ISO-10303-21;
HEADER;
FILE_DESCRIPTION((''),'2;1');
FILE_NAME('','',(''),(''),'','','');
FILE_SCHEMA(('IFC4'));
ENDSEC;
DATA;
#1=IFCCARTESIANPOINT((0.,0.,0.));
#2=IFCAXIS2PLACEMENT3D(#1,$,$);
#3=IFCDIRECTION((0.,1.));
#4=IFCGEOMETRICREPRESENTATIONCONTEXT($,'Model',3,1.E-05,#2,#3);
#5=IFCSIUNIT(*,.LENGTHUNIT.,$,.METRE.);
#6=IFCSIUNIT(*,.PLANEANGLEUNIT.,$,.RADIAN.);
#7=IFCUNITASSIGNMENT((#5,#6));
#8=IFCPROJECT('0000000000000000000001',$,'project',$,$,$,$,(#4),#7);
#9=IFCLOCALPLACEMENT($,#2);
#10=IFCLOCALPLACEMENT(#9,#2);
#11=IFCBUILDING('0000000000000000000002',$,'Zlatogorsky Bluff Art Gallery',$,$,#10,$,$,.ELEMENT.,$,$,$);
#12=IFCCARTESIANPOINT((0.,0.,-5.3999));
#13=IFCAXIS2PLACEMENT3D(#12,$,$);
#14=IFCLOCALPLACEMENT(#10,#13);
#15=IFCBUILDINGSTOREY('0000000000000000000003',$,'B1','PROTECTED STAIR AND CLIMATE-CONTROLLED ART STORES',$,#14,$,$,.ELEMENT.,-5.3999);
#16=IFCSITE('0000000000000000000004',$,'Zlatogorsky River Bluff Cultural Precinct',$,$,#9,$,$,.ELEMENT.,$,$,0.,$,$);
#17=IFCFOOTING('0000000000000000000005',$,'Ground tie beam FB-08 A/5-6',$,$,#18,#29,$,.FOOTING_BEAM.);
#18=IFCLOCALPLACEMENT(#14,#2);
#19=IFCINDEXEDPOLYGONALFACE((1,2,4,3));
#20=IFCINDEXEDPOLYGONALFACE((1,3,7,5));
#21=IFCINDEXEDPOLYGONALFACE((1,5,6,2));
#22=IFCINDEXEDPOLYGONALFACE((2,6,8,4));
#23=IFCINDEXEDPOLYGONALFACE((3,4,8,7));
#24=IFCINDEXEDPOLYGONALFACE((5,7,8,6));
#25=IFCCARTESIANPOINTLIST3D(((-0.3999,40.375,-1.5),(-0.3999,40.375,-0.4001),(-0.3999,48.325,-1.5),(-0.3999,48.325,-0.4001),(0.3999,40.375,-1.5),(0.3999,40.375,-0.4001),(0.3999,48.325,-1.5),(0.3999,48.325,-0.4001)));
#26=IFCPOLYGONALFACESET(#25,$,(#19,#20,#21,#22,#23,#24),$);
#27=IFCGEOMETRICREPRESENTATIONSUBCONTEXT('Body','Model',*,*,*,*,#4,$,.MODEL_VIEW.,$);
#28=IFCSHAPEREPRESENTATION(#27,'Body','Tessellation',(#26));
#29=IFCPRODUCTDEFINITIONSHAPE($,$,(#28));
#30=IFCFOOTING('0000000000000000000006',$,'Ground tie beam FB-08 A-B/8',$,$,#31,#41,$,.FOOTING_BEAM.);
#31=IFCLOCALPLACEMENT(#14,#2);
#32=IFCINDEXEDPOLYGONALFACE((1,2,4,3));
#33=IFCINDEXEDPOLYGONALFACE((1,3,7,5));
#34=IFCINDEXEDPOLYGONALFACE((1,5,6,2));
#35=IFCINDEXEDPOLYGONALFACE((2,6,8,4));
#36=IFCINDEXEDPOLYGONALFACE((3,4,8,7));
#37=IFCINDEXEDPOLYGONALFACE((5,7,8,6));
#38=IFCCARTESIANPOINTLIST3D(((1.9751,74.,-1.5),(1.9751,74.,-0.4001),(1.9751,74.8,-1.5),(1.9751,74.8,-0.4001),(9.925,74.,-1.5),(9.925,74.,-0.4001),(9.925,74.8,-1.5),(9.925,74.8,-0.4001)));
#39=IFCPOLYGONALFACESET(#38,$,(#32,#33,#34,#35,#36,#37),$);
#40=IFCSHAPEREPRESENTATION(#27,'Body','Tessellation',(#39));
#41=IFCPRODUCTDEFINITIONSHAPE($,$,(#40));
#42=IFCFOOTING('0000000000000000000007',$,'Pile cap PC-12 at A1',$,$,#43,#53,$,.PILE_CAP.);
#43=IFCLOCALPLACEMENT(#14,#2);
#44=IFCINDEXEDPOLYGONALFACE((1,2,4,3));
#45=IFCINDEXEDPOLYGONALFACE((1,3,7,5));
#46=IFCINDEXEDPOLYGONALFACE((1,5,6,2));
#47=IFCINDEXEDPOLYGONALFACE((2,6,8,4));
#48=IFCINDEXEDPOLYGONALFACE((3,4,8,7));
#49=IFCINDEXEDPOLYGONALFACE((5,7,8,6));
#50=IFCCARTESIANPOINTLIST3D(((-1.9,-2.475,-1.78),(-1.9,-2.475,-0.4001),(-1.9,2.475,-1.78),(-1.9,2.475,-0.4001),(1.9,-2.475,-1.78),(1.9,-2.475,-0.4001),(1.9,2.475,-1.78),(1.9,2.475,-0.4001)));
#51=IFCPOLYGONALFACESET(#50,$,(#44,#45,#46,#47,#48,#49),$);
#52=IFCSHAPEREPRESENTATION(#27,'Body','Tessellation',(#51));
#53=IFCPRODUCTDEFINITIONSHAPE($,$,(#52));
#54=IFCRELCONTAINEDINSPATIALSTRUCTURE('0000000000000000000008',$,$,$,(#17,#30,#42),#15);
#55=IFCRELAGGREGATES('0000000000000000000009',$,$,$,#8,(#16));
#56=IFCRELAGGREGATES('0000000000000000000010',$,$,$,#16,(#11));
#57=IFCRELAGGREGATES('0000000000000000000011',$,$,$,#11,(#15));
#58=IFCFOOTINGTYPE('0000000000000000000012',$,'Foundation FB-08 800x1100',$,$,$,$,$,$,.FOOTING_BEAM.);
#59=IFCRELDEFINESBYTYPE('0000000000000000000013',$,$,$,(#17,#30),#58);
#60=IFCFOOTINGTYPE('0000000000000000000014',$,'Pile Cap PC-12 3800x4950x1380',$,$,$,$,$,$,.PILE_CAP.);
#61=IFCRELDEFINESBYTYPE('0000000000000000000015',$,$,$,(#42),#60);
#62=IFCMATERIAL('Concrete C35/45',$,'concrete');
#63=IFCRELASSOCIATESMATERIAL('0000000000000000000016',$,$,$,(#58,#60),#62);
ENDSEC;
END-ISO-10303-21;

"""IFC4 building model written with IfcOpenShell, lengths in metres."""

from ifc_helpers import new_model, si_unit, direction, frame, origin, origin_2d, place, context, subcontext, project, spatial, polyline, rectangle, outline, extrude, material, type_object, element, save


model = new_model("IFC4")

# Units and contexts
model_context = context("Model", 3, precision=1e-05, world=origin(), true_north=direction((0.0, 1.0)))
body_context = subcontext(model_context, "Body", "Model", "MODEL_VIEW")
ifc_project = project(units=[si_unit("LENGTHUNIT", "METRE"), si_unit("PLANEANGLEUNIT", "RADIAN")], contexts=[model_context])

# Site, building, storey
site_placement = place(None, origin())
site = spatial("IfcSite", under=ifc_project, at=site_placement, Name="Zlatogorsky River Bluff Cultural Precinct", CompositionType="ELEMENT", RefElevation=0.0)
building_placement = place(site_placement, origin())
building = spatial("IfcBuilding", under=site, at=building_placement, Name="Zlatogorsky Bluff Art Gallery", CompositionType="ELEMENT")
storey_placement = place(building_placement, frame((0.0, 0.0, -5.3999)))
storey = spatial("IfcBuildingStorey", under=building, at=storey_placement, Name="B1", Description="PROTECTED STAIR AND CLIMATE-CONTROLLED ART STORES", CompositionType="ELEMENT", Elevation=-5.3999)

# Shared definitions
ifc_material = material(Name="Concrete C35/45", Category="concrete")

# Footings
footing_type_1 = type_object("IfcFootingType", Name="Foundation FB-08 800x1100", PredefinedType="FOOTING_BEAM", material=ifc_material)
footing_1_placement = place(storey_placement, frame((0.0, 0.0, -1.5)))
element("IfcFooting", 1, at=footing_1_placement, inside=storey, type_object=footing_type_1, Name="Ground tie beam FB-08 A/5-6", PredefinedType="FOOTING_BEAM", context=body_context, shape_type="SweptSolid", body=[
    extrude(outline(polyline([(-0.3999, 40.375), (0.3999, 40.375), (0.3999, 48.325), (-0.3999, 48.325), (-0.3999, 40.375)])), origin(), (0.0, 0.0, 1.0), 1.0999),
])
footing_2_placement = place(storey_placement, frame((0.0, 0.0, -1.5)))
element("IfcFooting", 2, at=footing_2_placement, inside=storey, type_object=footing_type_1, Name="Ground tie beam FB-08 A-B/8", PredefinedType="FOOTING_BEAM", context=body_context, shape_type="SweptSolid", body=[
    extrude(outline(polyline([(1.9751, 74.0), (9.925, 74.0), (9.925, 74.8), (1.9751, 74.8), (1.9751, 74.0)])), origin(), (0.0, 0.0, 1.0), 1.0999),
])
footing_type_2 = type_object("IfcFootingType", Name="Pile Cap PC-12 3800x4950x1380", PredefinedType="PILE_CAP", material=ifc_material)
footing_3_placement = place(storey_placement, frame((0.0, 0.0, -1.78), z_axis=(0.0, 0.0, 1.0), x_axis=(1.0, 0.0, 0.0)))
element("IfcFooting", 3, at=footing_3_placement, inside=storey, type_object=footing_type_2, Name="Pile cap PC-12 at A1", PredefinedType="PILE_CAP", context=body_context, shape_type="SweptSolid", body=[
    extrude(rectangle(XDim=3.8, YDim=4.95, at=origin_2d()), origin(), (0.0, 0.0, 1.0), 1.3799),
])

save(model, "model.ifc")
